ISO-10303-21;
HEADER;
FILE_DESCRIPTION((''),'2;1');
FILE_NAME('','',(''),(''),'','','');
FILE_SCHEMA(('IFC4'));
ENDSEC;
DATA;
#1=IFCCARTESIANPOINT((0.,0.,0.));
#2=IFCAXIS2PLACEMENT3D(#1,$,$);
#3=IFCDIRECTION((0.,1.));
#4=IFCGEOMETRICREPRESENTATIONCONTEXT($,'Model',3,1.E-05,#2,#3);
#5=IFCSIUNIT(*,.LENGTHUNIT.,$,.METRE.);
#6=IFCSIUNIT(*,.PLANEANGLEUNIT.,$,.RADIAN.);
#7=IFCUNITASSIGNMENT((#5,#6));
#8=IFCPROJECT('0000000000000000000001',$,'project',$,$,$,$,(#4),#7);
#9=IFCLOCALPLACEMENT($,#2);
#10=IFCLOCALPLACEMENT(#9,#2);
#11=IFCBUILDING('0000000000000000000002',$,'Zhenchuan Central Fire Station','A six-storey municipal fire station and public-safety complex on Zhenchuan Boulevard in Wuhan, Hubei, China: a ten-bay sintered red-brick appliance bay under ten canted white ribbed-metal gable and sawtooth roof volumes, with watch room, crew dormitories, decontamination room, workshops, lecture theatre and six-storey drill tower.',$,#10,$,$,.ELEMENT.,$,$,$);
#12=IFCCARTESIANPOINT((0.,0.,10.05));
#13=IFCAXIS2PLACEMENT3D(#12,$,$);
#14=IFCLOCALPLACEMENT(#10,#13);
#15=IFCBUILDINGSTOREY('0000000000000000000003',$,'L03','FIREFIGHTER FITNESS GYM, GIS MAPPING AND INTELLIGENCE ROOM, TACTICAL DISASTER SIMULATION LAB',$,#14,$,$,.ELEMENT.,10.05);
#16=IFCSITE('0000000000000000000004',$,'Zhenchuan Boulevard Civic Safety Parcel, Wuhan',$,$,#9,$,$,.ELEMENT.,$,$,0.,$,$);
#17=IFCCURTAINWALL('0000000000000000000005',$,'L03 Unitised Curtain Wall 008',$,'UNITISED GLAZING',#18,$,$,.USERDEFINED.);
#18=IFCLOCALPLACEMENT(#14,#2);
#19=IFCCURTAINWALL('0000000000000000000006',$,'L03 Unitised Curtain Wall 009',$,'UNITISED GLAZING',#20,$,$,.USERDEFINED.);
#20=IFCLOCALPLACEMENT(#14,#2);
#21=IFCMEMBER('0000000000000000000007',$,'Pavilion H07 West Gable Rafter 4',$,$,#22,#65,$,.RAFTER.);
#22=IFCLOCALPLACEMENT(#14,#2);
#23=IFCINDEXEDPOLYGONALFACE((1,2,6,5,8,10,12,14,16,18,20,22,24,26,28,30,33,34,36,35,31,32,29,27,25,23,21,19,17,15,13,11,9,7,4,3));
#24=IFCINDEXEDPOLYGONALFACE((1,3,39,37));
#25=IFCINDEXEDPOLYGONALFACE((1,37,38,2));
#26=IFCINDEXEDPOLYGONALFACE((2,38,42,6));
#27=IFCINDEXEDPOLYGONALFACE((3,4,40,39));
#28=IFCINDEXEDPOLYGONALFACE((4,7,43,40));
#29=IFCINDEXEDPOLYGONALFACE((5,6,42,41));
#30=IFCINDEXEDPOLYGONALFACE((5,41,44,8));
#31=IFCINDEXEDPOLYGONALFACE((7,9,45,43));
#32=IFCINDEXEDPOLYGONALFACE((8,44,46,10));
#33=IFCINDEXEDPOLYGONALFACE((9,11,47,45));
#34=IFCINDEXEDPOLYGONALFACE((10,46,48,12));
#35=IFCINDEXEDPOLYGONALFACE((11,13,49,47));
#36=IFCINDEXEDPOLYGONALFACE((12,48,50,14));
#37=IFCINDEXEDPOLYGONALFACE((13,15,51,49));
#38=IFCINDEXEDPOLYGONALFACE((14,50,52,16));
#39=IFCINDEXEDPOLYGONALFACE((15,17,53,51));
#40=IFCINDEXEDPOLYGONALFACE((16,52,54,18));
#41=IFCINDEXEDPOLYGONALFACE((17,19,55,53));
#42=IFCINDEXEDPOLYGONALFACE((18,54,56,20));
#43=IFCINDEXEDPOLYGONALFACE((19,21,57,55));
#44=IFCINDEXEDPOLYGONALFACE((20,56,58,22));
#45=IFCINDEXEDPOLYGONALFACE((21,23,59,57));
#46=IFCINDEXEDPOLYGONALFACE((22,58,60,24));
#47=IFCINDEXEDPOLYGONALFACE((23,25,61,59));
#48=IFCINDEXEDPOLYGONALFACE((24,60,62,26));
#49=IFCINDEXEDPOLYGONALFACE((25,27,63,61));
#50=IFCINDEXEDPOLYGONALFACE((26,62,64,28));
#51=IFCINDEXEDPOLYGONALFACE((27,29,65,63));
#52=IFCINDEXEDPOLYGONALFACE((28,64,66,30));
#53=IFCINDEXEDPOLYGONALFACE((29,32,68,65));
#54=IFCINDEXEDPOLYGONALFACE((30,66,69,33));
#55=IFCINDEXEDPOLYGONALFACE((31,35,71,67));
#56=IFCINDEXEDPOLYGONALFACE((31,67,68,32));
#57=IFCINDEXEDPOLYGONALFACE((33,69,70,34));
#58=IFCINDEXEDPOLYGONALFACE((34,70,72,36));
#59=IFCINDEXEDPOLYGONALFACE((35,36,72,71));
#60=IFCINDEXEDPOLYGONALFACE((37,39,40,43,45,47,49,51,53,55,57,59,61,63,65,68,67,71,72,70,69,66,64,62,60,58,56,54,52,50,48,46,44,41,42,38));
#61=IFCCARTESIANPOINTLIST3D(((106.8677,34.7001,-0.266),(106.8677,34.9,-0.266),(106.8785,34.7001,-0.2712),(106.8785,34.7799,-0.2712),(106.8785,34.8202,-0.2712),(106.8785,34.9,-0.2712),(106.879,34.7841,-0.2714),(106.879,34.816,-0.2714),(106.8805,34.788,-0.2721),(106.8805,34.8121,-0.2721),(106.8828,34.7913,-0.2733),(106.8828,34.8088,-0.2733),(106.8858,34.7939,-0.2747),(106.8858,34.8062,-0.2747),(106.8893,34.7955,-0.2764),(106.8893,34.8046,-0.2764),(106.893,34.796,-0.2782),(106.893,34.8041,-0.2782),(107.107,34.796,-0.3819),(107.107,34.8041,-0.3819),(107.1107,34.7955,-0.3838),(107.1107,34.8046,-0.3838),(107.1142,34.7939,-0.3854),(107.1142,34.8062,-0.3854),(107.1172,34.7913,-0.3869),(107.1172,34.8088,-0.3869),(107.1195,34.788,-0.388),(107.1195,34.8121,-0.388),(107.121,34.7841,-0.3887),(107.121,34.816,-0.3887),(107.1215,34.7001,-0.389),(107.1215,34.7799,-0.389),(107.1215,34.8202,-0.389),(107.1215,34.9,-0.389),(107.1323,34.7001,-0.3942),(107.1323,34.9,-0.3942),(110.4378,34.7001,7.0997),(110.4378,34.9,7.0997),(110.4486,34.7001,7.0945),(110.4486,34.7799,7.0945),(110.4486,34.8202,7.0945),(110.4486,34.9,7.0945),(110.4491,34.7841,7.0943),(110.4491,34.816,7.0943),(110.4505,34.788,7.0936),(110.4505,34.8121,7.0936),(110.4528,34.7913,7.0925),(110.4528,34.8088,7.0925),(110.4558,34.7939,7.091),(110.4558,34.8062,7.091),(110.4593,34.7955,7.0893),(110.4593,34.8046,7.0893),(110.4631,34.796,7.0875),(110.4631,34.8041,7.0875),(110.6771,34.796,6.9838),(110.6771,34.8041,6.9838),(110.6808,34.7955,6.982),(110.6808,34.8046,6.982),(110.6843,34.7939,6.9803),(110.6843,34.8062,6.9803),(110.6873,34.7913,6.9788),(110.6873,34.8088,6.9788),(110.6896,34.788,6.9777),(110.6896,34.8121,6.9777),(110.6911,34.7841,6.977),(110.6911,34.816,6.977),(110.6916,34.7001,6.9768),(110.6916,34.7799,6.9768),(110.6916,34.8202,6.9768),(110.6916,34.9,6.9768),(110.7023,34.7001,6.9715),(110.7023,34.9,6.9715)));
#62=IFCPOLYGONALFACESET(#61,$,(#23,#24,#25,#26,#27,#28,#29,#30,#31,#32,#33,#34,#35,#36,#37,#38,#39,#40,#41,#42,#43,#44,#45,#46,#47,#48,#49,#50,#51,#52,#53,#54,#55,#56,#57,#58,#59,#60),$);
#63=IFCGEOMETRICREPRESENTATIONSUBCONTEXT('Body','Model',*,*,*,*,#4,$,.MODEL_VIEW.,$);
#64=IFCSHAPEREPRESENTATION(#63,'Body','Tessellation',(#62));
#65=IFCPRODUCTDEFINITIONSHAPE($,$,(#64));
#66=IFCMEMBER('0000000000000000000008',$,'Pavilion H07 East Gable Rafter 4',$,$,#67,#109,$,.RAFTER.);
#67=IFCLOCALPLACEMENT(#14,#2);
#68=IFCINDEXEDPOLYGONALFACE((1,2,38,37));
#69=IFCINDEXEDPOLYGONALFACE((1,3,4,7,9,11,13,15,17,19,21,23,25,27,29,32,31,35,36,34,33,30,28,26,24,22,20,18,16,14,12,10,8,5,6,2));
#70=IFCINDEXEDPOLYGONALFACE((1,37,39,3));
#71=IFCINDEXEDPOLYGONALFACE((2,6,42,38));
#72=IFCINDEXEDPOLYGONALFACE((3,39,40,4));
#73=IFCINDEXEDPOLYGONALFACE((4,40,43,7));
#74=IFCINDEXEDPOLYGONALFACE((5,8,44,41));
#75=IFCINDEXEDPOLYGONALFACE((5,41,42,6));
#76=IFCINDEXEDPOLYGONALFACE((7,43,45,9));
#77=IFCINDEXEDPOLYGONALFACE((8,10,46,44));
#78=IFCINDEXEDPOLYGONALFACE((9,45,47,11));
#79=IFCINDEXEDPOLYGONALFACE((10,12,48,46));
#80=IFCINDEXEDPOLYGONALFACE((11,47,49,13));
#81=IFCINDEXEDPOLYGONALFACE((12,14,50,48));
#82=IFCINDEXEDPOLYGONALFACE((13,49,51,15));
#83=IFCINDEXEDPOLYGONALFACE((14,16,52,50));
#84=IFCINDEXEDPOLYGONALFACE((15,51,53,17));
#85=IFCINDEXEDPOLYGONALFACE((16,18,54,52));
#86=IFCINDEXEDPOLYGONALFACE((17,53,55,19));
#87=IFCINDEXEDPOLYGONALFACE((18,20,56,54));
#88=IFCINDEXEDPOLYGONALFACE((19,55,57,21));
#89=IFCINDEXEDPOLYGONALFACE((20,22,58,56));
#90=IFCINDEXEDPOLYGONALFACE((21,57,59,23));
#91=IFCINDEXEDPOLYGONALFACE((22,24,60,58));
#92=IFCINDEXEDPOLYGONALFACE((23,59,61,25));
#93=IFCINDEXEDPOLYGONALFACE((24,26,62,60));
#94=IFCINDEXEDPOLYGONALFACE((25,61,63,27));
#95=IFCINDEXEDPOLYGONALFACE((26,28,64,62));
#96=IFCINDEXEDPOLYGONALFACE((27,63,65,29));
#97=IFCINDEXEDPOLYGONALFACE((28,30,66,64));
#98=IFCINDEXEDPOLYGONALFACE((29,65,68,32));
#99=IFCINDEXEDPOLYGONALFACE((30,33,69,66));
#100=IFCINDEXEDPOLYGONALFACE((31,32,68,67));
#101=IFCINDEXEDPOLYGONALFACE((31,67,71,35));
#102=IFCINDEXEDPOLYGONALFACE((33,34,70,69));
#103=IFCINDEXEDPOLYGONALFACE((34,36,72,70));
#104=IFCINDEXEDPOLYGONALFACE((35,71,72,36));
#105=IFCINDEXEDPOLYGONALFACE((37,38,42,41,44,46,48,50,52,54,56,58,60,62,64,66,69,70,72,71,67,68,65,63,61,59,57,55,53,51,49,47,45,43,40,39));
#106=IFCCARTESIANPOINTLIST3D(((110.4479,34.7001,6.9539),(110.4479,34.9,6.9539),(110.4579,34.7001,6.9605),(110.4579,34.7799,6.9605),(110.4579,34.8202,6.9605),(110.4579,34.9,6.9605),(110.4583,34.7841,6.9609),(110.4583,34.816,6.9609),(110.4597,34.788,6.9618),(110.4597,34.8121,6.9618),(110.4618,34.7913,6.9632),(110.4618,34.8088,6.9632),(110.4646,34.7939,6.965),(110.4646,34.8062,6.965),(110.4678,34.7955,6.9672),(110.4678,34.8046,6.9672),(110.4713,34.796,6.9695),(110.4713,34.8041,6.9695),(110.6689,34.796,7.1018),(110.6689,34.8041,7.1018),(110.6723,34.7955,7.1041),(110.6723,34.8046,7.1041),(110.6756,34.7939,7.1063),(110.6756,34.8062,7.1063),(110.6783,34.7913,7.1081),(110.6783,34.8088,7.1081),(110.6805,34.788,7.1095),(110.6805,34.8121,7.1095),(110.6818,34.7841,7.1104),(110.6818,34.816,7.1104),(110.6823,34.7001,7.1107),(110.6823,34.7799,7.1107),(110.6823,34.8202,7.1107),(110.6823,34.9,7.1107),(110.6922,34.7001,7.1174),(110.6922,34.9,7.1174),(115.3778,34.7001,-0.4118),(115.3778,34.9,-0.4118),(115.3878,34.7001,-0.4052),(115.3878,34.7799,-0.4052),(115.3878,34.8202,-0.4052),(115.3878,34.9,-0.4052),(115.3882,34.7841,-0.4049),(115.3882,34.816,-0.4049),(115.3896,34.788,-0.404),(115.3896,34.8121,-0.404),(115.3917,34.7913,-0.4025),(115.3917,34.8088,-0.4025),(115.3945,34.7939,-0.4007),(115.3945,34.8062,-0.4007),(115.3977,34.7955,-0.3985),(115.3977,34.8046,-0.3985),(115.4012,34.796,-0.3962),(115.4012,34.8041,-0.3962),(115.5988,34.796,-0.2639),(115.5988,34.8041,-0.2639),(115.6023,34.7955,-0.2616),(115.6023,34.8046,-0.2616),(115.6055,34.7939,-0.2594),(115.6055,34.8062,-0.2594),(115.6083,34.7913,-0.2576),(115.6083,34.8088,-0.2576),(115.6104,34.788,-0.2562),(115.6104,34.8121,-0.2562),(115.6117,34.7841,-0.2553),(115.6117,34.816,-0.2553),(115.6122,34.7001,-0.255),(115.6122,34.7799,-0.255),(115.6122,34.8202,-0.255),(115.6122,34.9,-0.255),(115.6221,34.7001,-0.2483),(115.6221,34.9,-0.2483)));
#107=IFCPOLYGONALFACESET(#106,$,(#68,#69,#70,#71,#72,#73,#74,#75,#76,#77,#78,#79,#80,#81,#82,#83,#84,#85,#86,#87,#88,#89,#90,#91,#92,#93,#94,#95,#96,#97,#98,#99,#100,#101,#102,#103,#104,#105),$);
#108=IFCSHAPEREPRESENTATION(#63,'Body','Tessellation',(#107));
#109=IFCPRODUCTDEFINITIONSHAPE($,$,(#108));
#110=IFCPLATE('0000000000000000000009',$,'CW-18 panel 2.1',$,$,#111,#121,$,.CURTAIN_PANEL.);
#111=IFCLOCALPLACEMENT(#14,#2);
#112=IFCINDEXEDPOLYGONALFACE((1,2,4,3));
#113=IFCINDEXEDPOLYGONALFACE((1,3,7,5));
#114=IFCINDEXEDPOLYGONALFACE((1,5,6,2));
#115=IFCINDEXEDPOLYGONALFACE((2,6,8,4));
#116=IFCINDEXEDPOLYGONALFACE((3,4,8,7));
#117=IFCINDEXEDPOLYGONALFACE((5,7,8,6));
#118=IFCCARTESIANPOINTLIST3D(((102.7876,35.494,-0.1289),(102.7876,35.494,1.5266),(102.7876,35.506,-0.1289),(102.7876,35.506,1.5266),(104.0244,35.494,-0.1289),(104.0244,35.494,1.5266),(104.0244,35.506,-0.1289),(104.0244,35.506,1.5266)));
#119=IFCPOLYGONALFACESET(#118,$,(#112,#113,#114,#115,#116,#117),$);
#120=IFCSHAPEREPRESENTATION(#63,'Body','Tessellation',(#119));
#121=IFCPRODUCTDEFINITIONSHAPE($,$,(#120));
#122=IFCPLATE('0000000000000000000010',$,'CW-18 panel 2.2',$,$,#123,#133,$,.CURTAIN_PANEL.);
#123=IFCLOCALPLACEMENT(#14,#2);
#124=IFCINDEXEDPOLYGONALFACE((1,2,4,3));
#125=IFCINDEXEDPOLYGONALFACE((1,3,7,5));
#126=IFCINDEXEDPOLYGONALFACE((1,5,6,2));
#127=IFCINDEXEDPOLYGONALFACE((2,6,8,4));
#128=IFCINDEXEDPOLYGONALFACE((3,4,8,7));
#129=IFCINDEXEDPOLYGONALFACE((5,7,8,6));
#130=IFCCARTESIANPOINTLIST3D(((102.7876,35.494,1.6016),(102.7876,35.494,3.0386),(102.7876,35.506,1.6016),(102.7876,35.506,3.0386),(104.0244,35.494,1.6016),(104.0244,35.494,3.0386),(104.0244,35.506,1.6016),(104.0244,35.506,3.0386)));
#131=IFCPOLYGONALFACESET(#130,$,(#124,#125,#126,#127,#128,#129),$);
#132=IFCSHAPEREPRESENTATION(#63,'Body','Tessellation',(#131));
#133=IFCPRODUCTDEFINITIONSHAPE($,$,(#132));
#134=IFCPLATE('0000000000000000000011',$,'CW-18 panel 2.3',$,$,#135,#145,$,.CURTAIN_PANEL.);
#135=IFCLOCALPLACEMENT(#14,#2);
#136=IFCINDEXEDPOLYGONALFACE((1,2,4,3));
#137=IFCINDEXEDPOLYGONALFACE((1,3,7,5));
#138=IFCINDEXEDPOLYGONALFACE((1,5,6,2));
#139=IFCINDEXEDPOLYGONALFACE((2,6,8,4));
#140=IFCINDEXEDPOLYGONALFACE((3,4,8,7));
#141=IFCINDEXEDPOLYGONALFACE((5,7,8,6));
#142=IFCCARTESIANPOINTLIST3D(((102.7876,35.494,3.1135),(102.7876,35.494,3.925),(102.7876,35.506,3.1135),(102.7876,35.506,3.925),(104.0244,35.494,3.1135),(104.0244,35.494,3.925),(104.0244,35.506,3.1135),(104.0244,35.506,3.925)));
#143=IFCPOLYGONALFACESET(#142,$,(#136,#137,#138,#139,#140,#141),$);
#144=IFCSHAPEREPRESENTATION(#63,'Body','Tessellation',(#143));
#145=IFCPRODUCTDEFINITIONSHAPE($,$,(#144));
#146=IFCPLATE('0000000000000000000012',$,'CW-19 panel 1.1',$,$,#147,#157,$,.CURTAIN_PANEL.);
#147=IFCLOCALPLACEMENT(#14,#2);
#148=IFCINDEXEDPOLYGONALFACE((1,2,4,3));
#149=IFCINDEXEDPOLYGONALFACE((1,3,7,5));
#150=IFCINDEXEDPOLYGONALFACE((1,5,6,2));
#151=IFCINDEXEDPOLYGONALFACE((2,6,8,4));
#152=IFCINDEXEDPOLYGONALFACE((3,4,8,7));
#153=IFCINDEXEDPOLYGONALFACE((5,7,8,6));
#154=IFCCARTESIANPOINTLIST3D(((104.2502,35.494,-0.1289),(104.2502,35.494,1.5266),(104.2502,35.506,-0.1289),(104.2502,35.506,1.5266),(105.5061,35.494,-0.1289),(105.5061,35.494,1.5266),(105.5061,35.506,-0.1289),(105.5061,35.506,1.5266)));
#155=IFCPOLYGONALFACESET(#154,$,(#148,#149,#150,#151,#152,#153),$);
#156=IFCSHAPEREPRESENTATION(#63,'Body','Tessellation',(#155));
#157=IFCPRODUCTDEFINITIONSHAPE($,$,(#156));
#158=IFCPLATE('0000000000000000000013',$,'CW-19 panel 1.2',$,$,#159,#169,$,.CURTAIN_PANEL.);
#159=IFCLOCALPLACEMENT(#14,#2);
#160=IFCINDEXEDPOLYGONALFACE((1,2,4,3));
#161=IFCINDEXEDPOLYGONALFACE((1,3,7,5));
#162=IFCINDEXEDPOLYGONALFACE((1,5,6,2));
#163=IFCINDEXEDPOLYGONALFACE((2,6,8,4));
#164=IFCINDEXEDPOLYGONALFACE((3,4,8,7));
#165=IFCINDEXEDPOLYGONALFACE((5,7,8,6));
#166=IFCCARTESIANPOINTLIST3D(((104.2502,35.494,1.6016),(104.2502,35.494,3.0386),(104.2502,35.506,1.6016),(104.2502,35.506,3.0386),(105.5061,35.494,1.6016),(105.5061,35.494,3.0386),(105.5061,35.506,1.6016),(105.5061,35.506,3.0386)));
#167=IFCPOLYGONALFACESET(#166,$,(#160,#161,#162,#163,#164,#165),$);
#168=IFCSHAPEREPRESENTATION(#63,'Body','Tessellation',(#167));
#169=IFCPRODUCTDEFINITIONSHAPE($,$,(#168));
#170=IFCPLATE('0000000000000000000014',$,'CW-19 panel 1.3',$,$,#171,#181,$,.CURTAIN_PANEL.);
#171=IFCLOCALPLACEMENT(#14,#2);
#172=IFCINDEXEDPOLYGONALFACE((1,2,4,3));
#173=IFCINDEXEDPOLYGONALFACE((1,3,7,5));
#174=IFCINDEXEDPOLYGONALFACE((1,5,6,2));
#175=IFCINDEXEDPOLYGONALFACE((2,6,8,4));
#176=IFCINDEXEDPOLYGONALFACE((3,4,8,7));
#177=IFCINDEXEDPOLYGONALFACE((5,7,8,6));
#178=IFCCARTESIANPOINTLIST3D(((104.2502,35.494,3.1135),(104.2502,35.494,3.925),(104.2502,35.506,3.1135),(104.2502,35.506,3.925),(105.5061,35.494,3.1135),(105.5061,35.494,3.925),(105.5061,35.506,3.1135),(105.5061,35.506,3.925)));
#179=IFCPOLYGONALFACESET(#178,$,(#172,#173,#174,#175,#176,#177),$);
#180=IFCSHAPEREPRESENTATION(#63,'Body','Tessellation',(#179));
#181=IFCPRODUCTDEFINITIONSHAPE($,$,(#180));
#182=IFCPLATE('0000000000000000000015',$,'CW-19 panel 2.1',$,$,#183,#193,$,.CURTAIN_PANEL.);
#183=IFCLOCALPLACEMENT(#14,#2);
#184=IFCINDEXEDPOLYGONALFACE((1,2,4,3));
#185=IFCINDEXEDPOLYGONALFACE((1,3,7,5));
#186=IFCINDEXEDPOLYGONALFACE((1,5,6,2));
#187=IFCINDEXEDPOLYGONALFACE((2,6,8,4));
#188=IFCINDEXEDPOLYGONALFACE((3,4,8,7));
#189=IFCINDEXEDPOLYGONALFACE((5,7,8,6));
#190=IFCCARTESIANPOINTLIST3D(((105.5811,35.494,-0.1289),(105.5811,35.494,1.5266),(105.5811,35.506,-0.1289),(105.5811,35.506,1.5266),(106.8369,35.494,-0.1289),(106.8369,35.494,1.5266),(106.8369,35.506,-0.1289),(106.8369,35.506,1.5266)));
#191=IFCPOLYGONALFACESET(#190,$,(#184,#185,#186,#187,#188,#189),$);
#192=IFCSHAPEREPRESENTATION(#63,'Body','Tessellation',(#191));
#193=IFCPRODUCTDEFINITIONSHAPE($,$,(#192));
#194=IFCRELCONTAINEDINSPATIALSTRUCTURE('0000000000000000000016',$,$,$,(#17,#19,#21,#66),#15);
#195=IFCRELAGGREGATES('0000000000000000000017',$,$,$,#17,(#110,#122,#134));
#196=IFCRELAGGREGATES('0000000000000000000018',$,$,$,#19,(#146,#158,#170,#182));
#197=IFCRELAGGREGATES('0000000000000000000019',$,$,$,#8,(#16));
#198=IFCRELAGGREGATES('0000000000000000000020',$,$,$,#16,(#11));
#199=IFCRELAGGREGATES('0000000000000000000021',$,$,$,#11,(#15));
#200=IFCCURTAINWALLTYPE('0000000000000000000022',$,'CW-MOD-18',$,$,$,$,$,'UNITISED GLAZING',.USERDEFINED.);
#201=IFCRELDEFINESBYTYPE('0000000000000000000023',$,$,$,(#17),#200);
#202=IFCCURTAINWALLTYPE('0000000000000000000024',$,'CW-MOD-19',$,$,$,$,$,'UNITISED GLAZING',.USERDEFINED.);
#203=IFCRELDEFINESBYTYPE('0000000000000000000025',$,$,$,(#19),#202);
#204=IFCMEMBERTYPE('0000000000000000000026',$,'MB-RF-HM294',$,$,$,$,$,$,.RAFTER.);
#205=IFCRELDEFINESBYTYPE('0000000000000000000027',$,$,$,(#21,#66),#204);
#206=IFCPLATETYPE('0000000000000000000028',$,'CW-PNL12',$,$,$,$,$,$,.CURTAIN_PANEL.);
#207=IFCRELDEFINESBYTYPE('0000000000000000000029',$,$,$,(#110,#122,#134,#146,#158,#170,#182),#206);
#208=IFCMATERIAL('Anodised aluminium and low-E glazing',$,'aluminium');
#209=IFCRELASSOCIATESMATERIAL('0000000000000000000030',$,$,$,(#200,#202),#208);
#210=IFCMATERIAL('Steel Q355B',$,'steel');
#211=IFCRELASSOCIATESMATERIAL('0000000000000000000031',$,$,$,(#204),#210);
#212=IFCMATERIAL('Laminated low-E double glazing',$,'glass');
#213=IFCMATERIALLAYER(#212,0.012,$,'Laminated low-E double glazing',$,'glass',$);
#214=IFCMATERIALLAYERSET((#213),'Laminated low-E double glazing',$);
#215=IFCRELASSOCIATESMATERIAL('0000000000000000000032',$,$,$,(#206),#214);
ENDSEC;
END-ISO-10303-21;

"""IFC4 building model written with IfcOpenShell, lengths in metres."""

from ifc_helpers import new_model, si_unit, direction, frame, origin, origin_2d, place, context, subcontext, project, spatial, rectangle, i_section, extrude, material, layer, layer_set, material_profile, profile_set, type_object, element, aggregate, save


model = new_model("IFC4")

# Units and contexts
model_context = context("Model", 3, precision=1e-05, world=origin(), true_north=direction((0.0, 1.0)))
body_context = subcontext(model_context, "Body", "Model", "MODEL_VIEW")
ifc_project = project(units=[si_unit("LENGTHUNIT", "METRE"), si_unit("PLANEANGLEUNIT", "RADIAN")], contexts=[model_context])

# Site, building, storey
site_placement = place(None, origin())
site = spatial("IfcSite", under=ifc_project, at=site_placement, Name="Zhenchuan Boulevard Civic Safety Parcel, Wuhan", CompositionType="ELEMENT", RefElevation=0.0)
building_placement = place(site_placement, origin())
building = spatial("IfcBuilding", under=site, at=building_placement, Name="Zhenchuan Central Fire Station", Description="A six-storey municipal fire station and public-safety complex on Zhenchuan Boulevard in Wuhan, Hubei, China: a ten-bay sintered red-brick appliance bay under ten canted white ribbed-metal gable and sawtooth roof volumes, with watch room, crew dormitories, decontamination room, workshops, lecture theatre and six-storey drill tower.", CompositionType="ELEMENT")
storey_placement = place(building_placement, frame((0.0, 0.0, 10.05)))
storey = spatial("IfcBuildingStorey", under=building, at=storey_placement, Name="L03", Description="FIREFIGHTER FITNESS GYM, GIS MAPPING AND INTELLIGENCE ROOM, TACTICAL DISASTER SIMULATION LAB", CompositionType="ELEMENT", Elevation=10.05)

# Shared definitions
ifc_material_1 = material(Name="Steel Q355B", Category="steel")

# Curtain wall
ifc_material_2 = material(Name="Anodised aluminium and low-E glazing", Category="aluminium")
curtain_wall_type_1 = type_object("IfcCurtainWallType", Name="CW-MOD-18", ElementType="UNITISED GLAZING", PredefinedType="USERDEFINED", material=ifc_material_2)
curtain_wall_1_placement = place(storey_placement, origin())
curtain_wall_1 = element("IfcCurtainWall", 1, at=curtain_wall_1_placement, inside=storey, type_object=curtain_wall_type_1, Name="L03 Unitised Curtain Wall 008", ObjectType="UNITISED GLAZING", PredefinedType="USERDEFINED")

# Curtain wall
curtain_wall_type_2 = type_object("IfcCurtainWallType", Name="CW-MOD-19", ElementType="UNITISED GLAZING", PredefinedType="USERDEFINED", material=ifc_material_2)
curtain_wall_2_placement = place(storey_placement, origin())
curtain_wall_2 = element("IfcCurtainWall", 2, at=curtain_wall_2_placement, inside=storey, type_object=curtain_wall_type_2, Name="L03 Unitised Curtain Wall 009", ObjectType="UNITISED GLAZING", PredefinedType="USERDEFINED")

# Members
ifc_material_profile_1 = material_profile(ifc_material_1, i_section(OverallWidth=0.2, OverallDepth=0.2939, WebThickness=0.0081, FlangeThickness=0.012, FilletRadius=0.0161, at=origin_2d()), Name="HM 294x200")
ifc_profile_set_1 = profile_set([ifc_material_profile_1], Name="Steel Q355B")
member_type_1 = type_object("IfcMemberType", Name="MB-RF-HM294", PredefinedType="RAFTER", material=ifc_profile_set_1)
member_1_placement = place(storey_placement, frame((107.0, 34.8, -0.3301), z_axis=(0.436156, 0.0, 0.899871), x_axis=(0.0, 1.0, 0.0)))
element("IfcMember", 3, at=member_1_placement, inside=storey, type_object=member_type_1, Name="Pavilion H07 West Gable Rafter 4", PredefinedType="RAFTER", context=body_context, shape_type="SweptSolid", body=[
    extrude(i_section(OverallWidth=0.2, OverallDepth=0.2939, WebThickness=0.0081, FlangeThickness=0.012, FilletRadius=0.0161, at=origin_2d()), origin(), (0.0, 0.0, 1.0), 8.1853),
])
member_2_placement = place(storey_placement, frame((110.5701, 34.8, 7.0356), z_axis=(0.556218, 0.0, -0.831036), x_axis=(0.0, 1.0, 0.0)))
element("IfcMember", 4, at=member_2_placement, inside=storey, type_object=member_type_1, Name="Pavilion H07 East Gable Rafter 4", PredefinedType="RAFTER", context=body_context, shape_type="SweptSolid", body=[
    extrude(i_section(OverallWidth=0.2, OverallDepth=0.2939, WebThickness=0.0081, FlangeThickness=0.012, FilletRadius=0.0161, at=origin_2d()), origin(), (0.0, 0.0, 1.0), 8.8633),
])

# Plates
ifc_material_3 = material(Name="Laminated low-E double glazing", Category="glass")
ifc_layer = layer(ifc_material_3, 0.012, Name="Laminated low-E double glazing", Category="glass")
ifc_layer_set = layer_set([ifc_layer], Name="Laminated low-E double glazing")
plate_type_1 = type_object("IfcPlateType", Name="CW-PNL12", PredefinedType="CURTAIN_PANEL", material=ifc_layer_set)
plate_1_placement = place(storey_placement, frame((103.406, 35.5, -0.1289), z_axis=(0.0, 0.0, 1.0), x_axis=(1.0, 0.0, 0.0)))
plate_1 = element("IfcPlate", 5, at=plate_1_placement, type_object=plate_type_1, Name="CW-18 panel 2.1", PredefinedType="CURTAIN_PANEL", context=body_context, shape_type="SweptSolid", body=[
    extrude(rectangle(XDim=1.2368, YDim=0.012, at=origin_2d()), origin(), (0.0, 0.0, 1.0), 1.6555),
])
plate_2_placement = place(storey_placement, frame((103.406, 35.5, 1.6016), z_axis=(0.0, 0.0, 1.0), x_axis=(1.0, 0.0, 0.0)))
plate_2 = element("IfcPlate", 6, at=plate_2_placement, type_object=plate_type_1, Name="CW-18 panel 2.2", PredefinedType="CURTAIN_PANEL", context=body_context, shape_type="SweptSolid", body=[
    extrude(rectangle(XDim=1.2368, YDim=0.012, at=origin_2d()), origin(), (0.0, 0.0, 1.0), 1.437),
])
plate_3_placement = place(storey_placement, frame((103.406, 35.5, 3.1135), z_axis=(0.0, 0.0, 1.0), x_axis=(1.0, 0.0, 0.0)))
plate_3 = element("IfcPlate", 7, at=plate_3_placement, type_object=plate_type_1, Name="CW-18 panel 2.3", PredefinedType="CURTAIN_PANEL", context=body_context, shape_type="SweptSolid", body=[
    extrude(rectangle(XDim=1.2368, YDim=0.012, at=origin_2d()), origin(), (0.0, 0.0, 1.0), 0.8115),
])
aggregate(curtain_wall_1, [plate_1, plate_2, plate_3])
plate_4_placement = place(storey_placement, frame((104.8782, 35.5, -0.1289), z_axis=(0.0, 0.0, 1.0), x_axis=(1.0, 0.0, 0.0)))
plate_4 = element("IfcPlate", 8, at=plate_4_placement, type_object=plate_type_1, Name="CW-19 panel 1.1", PredefinedType="CURTAIN_PANEL", context=body_context, shape_type="SweptSolid", body=[
    extrude(rectangle(XDim=1.2559, YDim=0.012, at=origin_2d()), origin(), (0.0, 0.0, 1.0), 1.6555),
])
plate_5_placement = place(storey_placement, frame((104.8782, 35.5, 1.6016), z_axis=(0.0, 0.0, 1.0), x_axis=(1.0, 0.0, 0.0)))
plate_5 = element("IfcPlate", 9, at=plate_5_placement, type_object=plate_type_1, Name="CW-19 panel 1.2", PredefinedType="CURTAIN_PANEL", context=body_context, shape_type="SweptSolid", body=[
    extrude(rectangle(XDim=1.2559, YDim=0.012, at=origin_2d()), origin(), (0.0, 0.0, 1.0), 1.437),
])
plate_6_placement = place(storey_placement, frame((104.8782, 35.5, 3.1135), z_axis=(0.0, 0.0, 1.0), x_axis=(1.0, 0.0, 0.0)))
plate_6 = element("IfcPlate", 10, at=plate_6_placement, type_object=plate_type_1, Name="CW-19 panel 1.3", PredefinedType="CURTAIN_PANEL", context=body_context, shape_type="SweptSolid", body=[
    extrude(rectangle(XDim=1.2559, YDim=0.012, at=origin_2d()), origin(), (0.0, 0.0, 1.0), 0.8115),
])
plate_7_placement = place(storey_placement, frame((106.209, 35.5, -0.1289), z_axis=(0.0, 0.0, 1.0), x_axis=(1.0, 0.0, 0.0)))
plate_7 = element("IfcPlate", 11, at=plate_7_placement, type_object=plate_type_1, Name="CW-19 panel 2.1", PredefinedType="CURTAIN_PANEL", context=body_context, shape_type="SweptSolid", body=[
    extrude(rectangle(XDim=1.2559, YDim=0.012, at=origin_2d()), origin(), (0.0, 0.0, 1.0), 1.6555),
])
aggregate(curtain_wall_2, [plate_4, plate_5, plate_6, plate_7])

save(model, "model.ifc")
